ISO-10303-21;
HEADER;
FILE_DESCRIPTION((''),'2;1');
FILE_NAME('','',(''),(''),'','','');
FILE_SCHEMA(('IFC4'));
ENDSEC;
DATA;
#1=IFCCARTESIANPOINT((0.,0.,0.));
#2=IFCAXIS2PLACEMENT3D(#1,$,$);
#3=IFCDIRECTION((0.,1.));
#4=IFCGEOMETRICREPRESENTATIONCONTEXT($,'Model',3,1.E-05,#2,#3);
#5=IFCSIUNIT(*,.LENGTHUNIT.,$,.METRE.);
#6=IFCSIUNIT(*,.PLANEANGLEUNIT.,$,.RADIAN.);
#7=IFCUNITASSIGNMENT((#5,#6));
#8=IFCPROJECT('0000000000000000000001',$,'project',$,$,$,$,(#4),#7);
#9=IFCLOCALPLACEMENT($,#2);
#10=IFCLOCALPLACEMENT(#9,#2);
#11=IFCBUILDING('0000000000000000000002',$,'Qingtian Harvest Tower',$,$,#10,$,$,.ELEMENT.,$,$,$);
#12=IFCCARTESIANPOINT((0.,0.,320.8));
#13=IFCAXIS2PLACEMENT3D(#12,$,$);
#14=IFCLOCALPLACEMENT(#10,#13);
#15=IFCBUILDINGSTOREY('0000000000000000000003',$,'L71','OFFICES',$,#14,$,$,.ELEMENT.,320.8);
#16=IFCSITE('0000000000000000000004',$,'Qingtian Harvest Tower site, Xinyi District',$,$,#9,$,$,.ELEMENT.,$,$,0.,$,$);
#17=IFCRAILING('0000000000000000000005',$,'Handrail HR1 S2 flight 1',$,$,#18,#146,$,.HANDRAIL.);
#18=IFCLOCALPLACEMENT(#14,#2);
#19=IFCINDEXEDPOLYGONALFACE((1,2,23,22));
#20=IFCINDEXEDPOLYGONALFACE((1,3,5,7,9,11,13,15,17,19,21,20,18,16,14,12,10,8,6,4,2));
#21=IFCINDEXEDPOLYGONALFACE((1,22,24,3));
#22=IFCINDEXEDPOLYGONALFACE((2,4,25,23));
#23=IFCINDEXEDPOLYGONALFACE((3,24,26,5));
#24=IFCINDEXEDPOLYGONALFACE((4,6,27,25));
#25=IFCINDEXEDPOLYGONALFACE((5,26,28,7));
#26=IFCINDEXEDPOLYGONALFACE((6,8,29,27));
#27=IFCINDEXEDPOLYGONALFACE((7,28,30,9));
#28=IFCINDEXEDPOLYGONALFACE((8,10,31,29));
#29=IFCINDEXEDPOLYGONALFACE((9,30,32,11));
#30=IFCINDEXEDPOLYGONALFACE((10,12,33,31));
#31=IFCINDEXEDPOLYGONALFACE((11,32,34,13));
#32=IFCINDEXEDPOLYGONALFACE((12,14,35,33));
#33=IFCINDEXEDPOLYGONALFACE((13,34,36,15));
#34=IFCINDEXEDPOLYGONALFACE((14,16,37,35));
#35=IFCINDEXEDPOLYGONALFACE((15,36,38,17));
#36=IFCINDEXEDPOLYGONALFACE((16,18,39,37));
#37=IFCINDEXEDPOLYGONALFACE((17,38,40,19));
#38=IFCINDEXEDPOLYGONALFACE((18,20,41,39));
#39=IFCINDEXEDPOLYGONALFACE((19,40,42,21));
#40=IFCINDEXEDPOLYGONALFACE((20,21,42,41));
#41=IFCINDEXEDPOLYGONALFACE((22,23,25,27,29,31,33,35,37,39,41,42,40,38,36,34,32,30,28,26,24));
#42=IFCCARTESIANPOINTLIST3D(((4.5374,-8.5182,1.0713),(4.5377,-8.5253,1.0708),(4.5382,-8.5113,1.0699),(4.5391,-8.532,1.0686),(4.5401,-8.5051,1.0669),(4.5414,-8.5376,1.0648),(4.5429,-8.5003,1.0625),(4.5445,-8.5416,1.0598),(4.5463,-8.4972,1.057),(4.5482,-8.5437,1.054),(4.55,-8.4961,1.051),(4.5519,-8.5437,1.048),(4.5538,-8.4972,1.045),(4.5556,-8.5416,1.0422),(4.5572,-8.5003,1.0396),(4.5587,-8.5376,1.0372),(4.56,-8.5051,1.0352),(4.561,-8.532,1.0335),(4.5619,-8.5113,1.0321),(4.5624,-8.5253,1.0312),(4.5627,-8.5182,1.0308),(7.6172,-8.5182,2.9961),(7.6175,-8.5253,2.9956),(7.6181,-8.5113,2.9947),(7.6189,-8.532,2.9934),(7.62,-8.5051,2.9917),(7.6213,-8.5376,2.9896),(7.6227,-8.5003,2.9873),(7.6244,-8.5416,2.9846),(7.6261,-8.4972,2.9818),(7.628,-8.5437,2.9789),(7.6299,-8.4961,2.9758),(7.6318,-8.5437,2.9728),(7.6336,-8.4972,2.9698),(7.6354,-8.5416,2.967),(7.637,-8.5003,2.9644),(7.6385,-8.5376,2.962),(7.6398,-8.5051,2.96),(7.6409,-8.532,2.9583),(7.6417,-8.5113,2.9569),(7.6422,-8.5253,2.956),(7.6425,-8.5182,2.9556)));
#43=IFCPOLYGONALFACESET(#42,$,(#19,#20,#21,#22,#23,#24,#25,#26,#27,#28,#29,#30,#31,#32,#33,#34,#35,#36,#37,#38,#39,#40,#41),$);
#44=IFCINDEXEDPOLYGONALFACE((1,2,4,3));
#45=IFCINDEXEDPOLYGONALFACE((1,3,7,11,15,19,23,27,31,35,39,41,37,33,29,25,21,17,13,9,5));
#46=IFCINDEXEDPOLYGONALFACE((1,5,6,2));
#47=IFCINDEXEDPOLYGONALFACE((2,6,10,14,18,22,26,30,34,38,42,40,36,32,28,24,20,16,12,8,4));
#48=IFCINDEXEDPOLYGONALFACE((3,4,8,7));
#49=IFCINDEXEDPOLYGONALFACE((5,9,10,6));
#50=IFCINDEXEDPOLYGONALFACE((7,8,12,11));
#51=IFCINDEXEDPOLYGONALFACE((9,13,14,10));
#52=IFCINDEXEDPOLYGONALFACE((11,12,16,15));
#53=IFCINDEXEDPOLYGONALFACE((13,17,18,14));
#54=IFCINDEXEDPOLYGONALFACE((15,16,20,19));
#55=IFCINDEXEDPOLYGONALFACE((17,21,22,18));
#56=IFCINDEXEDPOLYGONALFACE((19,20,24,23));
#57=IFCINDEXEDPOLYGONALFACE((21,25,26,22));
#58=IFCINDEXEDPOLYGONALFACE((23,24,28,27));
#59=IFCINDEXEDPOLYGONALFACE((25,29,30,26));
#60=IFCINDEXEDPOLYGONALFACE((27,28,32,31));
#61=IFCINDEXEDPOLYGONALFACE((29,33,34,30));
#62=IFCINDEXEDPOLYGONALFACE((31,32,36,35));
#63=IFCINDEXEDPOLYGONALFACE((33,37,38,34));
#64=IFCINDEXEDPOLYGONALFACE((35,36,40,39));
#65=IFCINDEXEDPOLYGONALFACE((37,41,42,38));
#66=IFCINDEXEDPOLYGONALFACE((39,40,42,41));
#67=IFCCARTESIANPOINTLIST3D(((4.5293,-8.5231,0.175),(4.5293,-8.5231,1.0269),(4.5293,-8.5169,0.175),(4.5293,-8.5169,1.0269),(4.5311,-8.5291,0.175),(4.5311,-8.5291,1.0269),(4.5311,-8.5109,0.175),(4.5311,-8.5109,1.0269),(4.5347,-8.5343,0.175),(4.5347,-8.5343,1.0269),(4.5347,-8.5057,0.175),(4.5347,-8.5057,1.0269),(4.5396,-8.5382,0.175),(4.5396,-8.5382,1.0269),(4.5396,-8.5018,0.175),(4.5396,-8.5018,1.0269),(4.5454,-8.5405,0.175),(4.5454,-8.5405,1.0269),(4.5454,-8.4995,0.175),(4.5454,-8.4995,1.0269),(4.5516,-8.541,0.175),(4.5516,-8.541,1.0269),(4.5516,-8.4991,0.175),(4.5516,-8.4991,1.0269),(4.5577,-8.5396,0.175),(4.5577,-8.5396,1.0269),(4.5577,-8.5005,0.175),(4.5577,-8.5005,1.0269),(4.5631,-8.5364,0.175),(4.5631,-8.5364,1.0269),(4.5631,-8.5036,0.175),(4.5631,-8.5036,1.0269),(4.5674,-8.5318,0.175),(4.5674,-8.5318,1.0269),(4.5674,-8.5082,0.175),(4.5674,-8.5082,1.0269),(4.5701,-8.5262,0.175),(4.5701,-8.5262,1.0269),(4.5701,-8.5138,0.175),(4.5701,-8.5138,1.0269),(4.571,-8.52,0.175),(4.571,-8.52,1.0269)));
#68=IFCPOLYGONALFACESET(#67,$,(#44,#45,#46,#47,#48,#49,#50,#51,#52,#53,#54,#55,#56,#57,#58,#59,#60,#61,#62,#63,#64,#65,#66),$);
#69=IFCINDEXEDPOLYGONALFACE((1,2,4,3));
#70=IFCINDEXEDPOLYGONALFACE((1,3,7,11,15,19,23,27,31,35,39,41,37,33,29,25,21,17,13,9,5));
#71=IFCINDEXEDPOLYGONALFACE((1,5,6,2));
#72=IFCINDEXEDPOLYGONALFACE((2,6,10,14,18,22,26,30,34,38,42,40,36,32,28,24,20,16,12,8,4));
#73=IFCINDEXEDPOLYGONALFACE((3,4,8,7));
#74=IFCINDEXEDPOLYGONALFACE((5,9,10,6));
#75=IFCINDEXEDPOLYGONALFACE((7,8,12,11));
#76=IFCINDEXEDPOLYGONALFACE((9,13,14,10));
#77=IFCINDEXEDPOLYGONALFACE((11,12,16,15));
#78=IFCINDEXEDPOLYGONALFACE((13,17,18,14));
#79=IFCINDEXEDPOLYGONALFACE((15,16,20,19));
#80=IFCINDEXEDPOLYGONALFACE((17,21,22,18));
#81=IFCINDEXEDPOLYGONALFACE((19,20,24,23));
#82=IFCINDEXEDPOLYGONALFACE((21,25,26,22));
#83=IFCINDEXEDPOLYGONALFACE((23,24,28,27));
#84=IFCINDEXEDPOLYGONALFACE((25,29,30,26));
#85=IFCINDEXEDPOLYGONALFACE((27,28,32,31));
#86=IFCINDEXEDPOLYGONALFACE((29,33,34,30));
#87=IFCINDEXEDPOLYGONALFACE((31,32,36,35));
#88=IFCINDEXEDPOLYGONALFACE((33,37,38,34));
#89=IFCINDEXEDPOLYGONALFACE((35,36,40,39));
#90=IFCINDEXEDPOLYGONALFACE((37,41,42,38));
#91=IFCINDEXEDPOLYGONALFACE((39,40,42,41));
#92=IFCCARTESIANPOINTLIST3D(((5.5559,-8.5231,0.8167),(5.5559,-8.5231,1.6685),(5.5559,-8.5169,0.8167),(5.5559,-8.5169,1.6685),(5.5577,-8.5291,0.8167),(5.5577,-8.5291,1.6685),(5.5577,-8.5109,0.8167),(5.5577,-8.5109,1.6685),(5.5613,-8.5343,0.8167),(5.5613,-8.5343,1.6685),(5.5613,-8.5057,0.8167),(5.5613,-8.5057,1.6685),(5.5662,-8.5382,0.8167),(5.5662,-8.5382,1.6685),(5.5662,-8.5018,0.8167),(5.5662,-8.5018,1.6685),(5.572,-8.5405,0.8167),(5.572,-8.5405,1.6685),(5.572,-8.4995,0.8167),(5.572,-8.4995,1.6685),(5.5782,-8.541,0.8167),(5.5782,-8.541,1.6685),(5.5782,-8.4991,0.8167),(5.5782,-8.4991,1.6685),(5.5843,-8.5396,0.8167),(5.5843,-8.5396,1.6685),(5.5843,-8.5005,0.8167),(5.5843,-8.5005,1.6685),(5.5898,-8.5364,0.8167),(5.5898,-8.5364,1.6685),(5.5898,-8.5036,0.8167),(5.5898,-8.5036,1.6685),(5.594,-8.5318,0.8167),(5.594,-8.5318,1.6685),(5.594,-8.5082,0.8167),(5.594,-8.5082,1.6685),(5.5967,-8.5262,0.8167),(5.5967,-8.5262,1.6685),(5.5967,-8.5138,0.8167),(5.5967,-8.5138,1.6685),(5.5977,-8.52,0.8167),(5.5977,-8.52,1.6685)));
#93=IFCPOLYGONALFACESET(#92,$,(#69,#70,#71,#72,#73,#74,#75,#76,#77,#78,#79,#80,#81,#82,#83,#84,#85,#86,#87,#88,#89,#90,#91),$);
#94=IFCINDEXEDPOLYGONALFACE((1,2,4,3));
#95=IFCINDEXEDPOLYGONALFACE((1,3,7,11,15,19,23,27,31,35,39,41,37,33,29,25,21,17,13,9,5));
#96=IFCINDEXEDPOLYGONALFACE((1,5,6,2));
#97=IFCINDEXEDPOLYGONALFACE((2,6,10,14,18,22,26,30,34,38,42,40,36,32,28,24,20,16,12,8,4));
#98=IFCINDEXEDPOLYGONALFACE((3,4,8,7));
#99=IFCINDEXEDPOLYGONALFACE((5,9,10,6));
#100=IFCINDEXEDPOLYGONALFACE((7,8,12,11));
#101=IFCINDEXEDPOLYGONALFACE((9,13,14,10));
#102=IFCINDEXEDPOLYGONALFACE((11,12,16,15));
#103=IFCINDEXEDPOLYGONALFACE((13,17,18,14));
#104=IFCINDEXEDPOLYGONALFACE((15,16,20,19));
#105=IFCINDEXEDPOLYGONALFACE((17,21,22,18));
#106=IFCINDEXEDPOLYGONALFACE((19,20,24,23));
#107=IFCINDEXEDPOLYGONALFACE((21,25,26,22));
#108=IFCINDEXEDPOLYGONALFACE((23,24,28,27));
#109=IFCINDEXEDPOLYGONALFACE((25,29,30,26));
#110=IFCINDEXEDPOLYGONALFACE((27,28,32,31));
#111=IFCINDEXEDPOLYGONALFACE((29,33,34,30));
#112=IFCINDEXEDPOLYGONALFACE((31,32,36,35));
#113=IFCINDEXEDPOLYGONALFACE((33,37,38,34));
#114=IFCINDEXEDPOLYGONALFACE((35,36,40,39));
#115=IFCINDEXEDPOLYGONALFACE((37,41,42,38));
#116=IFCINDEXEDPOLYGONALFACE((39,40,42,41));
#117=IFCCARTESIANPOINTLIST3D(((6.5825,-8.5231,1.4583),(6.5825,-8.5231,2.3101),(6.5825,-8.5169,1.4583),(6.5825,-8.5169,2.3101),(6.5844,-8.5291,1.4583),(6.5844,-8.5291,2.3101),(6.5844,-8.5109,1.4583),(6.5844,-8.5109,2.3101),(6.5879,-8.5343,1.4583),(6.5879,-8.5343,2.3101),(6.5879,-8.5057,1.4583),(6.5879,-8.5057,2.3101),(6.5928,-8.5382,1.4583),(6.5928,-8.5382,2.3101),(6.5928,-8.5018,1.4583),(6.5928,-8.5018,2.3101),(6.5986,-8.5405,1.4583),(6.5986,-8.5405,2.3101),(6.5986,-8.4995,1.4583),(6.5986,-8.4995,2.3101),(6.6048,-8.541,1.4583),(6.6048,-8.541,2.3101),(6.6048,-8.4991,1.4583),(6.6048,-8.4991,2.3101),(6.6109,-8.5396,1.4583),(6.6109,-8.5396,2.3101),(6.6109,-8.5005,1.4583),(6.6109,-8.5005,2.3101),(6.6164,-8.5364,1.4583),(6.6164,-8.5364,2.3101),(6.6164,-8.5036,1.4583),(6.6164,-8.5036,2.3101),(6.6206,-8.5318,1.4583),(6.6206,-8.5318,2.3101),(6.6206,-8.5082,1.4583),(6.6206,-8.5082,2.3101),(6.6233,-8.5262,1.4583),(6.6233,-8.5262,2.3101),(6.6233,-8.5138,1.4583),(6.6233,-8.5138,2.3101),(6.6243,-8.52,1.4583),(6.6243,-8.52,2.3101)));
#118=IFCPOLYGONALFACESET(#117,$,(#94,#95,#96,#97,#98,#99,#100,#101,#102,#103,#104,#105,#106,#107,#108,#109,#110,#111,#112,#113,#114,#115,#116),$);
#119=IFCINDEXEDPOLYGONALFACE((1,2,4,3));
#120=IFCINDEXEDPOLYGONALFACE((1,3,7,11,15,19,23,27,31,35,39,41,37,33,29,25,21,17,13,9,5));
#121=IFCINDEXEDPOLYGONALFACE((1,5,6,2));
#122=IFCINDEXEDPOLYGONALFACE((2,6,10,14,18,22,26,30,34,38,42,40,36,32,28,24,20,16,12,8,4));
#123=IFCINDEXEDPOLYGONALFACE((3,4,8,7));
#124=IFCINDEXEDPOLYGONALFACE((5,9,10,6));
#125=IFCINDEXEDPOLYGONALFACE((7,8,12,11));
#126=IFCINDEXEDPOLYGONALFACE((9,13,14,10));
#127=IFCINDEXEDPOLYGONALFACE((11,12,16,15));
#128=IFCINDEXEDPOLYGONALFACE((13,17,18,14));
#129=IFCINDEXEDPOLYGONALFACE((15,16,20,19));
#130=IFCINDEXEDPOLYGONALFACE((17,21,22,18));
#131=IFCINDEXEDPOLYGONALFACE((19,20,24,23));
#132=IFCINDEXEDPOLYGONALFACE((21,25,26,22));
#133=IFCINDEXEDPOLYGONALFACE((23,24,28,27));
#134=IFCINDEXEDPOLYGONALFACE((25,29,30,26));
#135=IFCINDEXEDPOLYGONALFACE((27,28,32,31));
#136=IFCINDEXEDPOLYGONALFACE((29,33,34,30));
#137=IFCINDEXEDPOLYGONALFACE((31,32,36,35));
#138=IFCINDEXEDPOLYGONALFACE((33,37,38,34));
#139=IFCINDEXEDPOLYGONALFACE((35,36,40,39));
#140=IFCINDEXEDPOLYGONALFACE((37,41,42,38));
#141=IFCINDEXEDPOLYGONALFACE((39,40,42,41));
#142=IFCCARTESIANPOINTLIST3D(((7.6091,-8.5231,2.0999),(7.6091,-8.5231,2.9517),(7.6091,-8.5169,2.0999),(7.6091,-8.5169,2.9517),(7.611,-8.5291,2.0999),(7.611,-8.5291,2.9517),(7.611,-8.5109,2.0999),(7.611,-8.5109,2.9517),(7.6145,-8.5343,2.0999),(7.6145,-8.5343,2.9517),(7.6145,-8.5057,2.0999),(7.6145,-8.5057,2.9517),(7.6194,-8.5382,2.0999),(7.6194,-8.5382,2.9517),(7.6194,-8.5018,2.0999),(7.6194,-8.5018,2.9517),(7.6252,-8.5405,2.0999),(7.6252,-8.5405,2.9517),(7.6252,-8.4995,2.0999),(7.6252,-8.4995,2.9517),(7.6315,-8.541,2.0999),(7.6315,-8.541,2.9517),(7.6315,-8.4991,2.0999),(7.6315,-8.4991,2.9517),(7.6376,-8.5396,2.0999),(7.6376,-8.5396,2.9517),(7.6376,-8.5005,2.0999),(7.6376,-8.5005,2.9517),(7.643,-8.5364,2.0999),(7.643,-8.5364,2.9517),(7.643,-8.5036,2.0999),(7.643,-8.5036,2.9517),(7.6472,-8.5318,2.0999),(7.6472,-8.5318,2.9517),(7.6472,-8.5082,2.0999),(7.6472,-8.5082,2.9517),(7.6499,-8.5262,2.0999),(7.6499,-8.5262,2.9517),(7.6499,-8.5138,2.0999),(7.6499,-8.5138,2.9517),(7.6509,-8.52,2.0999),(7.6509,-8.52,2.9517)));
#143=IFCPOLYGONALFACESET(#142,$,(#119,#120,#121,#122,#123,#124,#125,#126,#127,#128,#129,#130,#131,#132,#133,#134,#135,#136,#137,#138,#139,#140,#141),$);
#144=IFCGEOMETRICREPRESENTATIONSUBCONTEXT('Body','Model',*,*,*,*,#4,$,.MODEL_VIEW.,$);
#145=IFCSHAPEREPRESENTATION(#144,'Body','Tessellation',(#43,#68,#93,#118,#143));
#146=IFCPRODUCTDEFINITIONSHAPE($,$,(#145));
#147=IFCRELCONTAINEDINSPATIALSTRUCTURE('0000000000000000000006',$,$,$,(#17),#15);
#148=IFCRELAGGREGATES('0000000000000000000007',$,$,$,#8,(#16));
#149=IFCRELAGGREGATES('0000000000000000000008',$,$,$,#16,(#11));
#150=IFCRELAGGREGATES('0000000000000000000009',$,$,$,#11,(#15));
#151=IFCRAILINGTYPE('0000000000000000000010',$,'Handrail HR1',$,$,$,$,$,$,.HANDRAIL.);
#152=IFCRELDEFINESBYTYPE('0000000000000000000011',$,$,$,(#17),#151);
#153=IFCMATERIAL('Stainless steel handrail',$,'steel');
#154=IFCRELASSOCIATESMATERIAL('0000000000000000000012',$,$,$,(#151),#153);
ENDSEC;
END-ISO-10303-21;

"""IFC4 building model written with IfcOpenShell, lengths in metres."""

from ifc_helpers import new_model, si_unit, direction, frame, origin, origin_2d, place, context, subcontext, project, spatial, circle, extrude, material, type_object, element, save


model = new_model("IFC4")

# Units and contexts
model_context = context("Model", 3, precision=1e-05, world=origin(), true_north=direction((0.0, 1.0)))
body_context = subcontext(model_context, "Body", "Model", "MODEL_VIEW")
ifc_project = project(units=[si_unit("LENGTHUNIT", "METRE"), si_unit("PLANEANGLEUNIT", "RADIAN")], contexts=[model_context])

# Site, building, storey
site_placement = place(None, origin())
site = spatial("IfcSite", under=ifc_project, at=site_placement, Name="Qingtian Harvest Tower site, Xinyi District", CompositionType="ELEMENT", RefElevation=0.0)
building_placement = place(site_placement, origin())
building = spatial("IfcBuilding", under=site, at=building_placement, Name="Qingtian Harvest Tower", CompositionType="ELEMENT")
storey_placement = place(building_placement, frame((0.0, 0.0, 320.8)))
storey = spatial("IfcBuildingStorey", under=building, at=storey_placement, Name="L71", Description="OFFICES", CompositionType="ELEMENT", Elevation=320.8)

# Railing
ifc_material_1 = material(Name="Stainless steel handrail", Category="steel")
railing_type = type_object("IfcRailingType", Name="Handrail HR1", PredefinedType="HANDRAIL", material=ifc_material_1)
railing_1_placement = place(storey_placement, frame((4.55, -8.52, 0.175)))
element("IfcRailing", 1, at=railing_1_placement, inside=storey, type_object=railing_type, Name="Handrail HR1 S2 flight 1", PredefinedType="HANDRAIL", context=body_context, shape_type="SweptSolid", body=[
    extrude(circle(Radius=0.0239, at=origin_2d()), frame((0.0, 0.0, 0.876), z_axis=(0.84801, 0.0, 0.529981), x_axis=(0.0, 1.0, 0.0)), (0.0, 0.0, 1.0), 3.6318),
    extrude(circle(Radius=0.021, at=origin_2d()), origin(), (0.0, 0.0, 1.0), 0.8518),
    extrude(circle(Radius=0.021, at=origin_2d()), frame((1.0266, 0.0, 0.6416)), (0.0, 0.0, 1.0), 0.8518),
    extrude(circle(Radius=0.021, at=origin_2d()), frame((2.0532, 0.0, 1.2832)), (0.0, 0.0, 1.0), 0.8518),
    extrude(circle(Radius=0.021, at=origin_2d()), frame((3.0798, 0.0, 1.9248)), (0.0, 0.0, 1.0), 0.8518),
])

save(model, "model.ifc")
